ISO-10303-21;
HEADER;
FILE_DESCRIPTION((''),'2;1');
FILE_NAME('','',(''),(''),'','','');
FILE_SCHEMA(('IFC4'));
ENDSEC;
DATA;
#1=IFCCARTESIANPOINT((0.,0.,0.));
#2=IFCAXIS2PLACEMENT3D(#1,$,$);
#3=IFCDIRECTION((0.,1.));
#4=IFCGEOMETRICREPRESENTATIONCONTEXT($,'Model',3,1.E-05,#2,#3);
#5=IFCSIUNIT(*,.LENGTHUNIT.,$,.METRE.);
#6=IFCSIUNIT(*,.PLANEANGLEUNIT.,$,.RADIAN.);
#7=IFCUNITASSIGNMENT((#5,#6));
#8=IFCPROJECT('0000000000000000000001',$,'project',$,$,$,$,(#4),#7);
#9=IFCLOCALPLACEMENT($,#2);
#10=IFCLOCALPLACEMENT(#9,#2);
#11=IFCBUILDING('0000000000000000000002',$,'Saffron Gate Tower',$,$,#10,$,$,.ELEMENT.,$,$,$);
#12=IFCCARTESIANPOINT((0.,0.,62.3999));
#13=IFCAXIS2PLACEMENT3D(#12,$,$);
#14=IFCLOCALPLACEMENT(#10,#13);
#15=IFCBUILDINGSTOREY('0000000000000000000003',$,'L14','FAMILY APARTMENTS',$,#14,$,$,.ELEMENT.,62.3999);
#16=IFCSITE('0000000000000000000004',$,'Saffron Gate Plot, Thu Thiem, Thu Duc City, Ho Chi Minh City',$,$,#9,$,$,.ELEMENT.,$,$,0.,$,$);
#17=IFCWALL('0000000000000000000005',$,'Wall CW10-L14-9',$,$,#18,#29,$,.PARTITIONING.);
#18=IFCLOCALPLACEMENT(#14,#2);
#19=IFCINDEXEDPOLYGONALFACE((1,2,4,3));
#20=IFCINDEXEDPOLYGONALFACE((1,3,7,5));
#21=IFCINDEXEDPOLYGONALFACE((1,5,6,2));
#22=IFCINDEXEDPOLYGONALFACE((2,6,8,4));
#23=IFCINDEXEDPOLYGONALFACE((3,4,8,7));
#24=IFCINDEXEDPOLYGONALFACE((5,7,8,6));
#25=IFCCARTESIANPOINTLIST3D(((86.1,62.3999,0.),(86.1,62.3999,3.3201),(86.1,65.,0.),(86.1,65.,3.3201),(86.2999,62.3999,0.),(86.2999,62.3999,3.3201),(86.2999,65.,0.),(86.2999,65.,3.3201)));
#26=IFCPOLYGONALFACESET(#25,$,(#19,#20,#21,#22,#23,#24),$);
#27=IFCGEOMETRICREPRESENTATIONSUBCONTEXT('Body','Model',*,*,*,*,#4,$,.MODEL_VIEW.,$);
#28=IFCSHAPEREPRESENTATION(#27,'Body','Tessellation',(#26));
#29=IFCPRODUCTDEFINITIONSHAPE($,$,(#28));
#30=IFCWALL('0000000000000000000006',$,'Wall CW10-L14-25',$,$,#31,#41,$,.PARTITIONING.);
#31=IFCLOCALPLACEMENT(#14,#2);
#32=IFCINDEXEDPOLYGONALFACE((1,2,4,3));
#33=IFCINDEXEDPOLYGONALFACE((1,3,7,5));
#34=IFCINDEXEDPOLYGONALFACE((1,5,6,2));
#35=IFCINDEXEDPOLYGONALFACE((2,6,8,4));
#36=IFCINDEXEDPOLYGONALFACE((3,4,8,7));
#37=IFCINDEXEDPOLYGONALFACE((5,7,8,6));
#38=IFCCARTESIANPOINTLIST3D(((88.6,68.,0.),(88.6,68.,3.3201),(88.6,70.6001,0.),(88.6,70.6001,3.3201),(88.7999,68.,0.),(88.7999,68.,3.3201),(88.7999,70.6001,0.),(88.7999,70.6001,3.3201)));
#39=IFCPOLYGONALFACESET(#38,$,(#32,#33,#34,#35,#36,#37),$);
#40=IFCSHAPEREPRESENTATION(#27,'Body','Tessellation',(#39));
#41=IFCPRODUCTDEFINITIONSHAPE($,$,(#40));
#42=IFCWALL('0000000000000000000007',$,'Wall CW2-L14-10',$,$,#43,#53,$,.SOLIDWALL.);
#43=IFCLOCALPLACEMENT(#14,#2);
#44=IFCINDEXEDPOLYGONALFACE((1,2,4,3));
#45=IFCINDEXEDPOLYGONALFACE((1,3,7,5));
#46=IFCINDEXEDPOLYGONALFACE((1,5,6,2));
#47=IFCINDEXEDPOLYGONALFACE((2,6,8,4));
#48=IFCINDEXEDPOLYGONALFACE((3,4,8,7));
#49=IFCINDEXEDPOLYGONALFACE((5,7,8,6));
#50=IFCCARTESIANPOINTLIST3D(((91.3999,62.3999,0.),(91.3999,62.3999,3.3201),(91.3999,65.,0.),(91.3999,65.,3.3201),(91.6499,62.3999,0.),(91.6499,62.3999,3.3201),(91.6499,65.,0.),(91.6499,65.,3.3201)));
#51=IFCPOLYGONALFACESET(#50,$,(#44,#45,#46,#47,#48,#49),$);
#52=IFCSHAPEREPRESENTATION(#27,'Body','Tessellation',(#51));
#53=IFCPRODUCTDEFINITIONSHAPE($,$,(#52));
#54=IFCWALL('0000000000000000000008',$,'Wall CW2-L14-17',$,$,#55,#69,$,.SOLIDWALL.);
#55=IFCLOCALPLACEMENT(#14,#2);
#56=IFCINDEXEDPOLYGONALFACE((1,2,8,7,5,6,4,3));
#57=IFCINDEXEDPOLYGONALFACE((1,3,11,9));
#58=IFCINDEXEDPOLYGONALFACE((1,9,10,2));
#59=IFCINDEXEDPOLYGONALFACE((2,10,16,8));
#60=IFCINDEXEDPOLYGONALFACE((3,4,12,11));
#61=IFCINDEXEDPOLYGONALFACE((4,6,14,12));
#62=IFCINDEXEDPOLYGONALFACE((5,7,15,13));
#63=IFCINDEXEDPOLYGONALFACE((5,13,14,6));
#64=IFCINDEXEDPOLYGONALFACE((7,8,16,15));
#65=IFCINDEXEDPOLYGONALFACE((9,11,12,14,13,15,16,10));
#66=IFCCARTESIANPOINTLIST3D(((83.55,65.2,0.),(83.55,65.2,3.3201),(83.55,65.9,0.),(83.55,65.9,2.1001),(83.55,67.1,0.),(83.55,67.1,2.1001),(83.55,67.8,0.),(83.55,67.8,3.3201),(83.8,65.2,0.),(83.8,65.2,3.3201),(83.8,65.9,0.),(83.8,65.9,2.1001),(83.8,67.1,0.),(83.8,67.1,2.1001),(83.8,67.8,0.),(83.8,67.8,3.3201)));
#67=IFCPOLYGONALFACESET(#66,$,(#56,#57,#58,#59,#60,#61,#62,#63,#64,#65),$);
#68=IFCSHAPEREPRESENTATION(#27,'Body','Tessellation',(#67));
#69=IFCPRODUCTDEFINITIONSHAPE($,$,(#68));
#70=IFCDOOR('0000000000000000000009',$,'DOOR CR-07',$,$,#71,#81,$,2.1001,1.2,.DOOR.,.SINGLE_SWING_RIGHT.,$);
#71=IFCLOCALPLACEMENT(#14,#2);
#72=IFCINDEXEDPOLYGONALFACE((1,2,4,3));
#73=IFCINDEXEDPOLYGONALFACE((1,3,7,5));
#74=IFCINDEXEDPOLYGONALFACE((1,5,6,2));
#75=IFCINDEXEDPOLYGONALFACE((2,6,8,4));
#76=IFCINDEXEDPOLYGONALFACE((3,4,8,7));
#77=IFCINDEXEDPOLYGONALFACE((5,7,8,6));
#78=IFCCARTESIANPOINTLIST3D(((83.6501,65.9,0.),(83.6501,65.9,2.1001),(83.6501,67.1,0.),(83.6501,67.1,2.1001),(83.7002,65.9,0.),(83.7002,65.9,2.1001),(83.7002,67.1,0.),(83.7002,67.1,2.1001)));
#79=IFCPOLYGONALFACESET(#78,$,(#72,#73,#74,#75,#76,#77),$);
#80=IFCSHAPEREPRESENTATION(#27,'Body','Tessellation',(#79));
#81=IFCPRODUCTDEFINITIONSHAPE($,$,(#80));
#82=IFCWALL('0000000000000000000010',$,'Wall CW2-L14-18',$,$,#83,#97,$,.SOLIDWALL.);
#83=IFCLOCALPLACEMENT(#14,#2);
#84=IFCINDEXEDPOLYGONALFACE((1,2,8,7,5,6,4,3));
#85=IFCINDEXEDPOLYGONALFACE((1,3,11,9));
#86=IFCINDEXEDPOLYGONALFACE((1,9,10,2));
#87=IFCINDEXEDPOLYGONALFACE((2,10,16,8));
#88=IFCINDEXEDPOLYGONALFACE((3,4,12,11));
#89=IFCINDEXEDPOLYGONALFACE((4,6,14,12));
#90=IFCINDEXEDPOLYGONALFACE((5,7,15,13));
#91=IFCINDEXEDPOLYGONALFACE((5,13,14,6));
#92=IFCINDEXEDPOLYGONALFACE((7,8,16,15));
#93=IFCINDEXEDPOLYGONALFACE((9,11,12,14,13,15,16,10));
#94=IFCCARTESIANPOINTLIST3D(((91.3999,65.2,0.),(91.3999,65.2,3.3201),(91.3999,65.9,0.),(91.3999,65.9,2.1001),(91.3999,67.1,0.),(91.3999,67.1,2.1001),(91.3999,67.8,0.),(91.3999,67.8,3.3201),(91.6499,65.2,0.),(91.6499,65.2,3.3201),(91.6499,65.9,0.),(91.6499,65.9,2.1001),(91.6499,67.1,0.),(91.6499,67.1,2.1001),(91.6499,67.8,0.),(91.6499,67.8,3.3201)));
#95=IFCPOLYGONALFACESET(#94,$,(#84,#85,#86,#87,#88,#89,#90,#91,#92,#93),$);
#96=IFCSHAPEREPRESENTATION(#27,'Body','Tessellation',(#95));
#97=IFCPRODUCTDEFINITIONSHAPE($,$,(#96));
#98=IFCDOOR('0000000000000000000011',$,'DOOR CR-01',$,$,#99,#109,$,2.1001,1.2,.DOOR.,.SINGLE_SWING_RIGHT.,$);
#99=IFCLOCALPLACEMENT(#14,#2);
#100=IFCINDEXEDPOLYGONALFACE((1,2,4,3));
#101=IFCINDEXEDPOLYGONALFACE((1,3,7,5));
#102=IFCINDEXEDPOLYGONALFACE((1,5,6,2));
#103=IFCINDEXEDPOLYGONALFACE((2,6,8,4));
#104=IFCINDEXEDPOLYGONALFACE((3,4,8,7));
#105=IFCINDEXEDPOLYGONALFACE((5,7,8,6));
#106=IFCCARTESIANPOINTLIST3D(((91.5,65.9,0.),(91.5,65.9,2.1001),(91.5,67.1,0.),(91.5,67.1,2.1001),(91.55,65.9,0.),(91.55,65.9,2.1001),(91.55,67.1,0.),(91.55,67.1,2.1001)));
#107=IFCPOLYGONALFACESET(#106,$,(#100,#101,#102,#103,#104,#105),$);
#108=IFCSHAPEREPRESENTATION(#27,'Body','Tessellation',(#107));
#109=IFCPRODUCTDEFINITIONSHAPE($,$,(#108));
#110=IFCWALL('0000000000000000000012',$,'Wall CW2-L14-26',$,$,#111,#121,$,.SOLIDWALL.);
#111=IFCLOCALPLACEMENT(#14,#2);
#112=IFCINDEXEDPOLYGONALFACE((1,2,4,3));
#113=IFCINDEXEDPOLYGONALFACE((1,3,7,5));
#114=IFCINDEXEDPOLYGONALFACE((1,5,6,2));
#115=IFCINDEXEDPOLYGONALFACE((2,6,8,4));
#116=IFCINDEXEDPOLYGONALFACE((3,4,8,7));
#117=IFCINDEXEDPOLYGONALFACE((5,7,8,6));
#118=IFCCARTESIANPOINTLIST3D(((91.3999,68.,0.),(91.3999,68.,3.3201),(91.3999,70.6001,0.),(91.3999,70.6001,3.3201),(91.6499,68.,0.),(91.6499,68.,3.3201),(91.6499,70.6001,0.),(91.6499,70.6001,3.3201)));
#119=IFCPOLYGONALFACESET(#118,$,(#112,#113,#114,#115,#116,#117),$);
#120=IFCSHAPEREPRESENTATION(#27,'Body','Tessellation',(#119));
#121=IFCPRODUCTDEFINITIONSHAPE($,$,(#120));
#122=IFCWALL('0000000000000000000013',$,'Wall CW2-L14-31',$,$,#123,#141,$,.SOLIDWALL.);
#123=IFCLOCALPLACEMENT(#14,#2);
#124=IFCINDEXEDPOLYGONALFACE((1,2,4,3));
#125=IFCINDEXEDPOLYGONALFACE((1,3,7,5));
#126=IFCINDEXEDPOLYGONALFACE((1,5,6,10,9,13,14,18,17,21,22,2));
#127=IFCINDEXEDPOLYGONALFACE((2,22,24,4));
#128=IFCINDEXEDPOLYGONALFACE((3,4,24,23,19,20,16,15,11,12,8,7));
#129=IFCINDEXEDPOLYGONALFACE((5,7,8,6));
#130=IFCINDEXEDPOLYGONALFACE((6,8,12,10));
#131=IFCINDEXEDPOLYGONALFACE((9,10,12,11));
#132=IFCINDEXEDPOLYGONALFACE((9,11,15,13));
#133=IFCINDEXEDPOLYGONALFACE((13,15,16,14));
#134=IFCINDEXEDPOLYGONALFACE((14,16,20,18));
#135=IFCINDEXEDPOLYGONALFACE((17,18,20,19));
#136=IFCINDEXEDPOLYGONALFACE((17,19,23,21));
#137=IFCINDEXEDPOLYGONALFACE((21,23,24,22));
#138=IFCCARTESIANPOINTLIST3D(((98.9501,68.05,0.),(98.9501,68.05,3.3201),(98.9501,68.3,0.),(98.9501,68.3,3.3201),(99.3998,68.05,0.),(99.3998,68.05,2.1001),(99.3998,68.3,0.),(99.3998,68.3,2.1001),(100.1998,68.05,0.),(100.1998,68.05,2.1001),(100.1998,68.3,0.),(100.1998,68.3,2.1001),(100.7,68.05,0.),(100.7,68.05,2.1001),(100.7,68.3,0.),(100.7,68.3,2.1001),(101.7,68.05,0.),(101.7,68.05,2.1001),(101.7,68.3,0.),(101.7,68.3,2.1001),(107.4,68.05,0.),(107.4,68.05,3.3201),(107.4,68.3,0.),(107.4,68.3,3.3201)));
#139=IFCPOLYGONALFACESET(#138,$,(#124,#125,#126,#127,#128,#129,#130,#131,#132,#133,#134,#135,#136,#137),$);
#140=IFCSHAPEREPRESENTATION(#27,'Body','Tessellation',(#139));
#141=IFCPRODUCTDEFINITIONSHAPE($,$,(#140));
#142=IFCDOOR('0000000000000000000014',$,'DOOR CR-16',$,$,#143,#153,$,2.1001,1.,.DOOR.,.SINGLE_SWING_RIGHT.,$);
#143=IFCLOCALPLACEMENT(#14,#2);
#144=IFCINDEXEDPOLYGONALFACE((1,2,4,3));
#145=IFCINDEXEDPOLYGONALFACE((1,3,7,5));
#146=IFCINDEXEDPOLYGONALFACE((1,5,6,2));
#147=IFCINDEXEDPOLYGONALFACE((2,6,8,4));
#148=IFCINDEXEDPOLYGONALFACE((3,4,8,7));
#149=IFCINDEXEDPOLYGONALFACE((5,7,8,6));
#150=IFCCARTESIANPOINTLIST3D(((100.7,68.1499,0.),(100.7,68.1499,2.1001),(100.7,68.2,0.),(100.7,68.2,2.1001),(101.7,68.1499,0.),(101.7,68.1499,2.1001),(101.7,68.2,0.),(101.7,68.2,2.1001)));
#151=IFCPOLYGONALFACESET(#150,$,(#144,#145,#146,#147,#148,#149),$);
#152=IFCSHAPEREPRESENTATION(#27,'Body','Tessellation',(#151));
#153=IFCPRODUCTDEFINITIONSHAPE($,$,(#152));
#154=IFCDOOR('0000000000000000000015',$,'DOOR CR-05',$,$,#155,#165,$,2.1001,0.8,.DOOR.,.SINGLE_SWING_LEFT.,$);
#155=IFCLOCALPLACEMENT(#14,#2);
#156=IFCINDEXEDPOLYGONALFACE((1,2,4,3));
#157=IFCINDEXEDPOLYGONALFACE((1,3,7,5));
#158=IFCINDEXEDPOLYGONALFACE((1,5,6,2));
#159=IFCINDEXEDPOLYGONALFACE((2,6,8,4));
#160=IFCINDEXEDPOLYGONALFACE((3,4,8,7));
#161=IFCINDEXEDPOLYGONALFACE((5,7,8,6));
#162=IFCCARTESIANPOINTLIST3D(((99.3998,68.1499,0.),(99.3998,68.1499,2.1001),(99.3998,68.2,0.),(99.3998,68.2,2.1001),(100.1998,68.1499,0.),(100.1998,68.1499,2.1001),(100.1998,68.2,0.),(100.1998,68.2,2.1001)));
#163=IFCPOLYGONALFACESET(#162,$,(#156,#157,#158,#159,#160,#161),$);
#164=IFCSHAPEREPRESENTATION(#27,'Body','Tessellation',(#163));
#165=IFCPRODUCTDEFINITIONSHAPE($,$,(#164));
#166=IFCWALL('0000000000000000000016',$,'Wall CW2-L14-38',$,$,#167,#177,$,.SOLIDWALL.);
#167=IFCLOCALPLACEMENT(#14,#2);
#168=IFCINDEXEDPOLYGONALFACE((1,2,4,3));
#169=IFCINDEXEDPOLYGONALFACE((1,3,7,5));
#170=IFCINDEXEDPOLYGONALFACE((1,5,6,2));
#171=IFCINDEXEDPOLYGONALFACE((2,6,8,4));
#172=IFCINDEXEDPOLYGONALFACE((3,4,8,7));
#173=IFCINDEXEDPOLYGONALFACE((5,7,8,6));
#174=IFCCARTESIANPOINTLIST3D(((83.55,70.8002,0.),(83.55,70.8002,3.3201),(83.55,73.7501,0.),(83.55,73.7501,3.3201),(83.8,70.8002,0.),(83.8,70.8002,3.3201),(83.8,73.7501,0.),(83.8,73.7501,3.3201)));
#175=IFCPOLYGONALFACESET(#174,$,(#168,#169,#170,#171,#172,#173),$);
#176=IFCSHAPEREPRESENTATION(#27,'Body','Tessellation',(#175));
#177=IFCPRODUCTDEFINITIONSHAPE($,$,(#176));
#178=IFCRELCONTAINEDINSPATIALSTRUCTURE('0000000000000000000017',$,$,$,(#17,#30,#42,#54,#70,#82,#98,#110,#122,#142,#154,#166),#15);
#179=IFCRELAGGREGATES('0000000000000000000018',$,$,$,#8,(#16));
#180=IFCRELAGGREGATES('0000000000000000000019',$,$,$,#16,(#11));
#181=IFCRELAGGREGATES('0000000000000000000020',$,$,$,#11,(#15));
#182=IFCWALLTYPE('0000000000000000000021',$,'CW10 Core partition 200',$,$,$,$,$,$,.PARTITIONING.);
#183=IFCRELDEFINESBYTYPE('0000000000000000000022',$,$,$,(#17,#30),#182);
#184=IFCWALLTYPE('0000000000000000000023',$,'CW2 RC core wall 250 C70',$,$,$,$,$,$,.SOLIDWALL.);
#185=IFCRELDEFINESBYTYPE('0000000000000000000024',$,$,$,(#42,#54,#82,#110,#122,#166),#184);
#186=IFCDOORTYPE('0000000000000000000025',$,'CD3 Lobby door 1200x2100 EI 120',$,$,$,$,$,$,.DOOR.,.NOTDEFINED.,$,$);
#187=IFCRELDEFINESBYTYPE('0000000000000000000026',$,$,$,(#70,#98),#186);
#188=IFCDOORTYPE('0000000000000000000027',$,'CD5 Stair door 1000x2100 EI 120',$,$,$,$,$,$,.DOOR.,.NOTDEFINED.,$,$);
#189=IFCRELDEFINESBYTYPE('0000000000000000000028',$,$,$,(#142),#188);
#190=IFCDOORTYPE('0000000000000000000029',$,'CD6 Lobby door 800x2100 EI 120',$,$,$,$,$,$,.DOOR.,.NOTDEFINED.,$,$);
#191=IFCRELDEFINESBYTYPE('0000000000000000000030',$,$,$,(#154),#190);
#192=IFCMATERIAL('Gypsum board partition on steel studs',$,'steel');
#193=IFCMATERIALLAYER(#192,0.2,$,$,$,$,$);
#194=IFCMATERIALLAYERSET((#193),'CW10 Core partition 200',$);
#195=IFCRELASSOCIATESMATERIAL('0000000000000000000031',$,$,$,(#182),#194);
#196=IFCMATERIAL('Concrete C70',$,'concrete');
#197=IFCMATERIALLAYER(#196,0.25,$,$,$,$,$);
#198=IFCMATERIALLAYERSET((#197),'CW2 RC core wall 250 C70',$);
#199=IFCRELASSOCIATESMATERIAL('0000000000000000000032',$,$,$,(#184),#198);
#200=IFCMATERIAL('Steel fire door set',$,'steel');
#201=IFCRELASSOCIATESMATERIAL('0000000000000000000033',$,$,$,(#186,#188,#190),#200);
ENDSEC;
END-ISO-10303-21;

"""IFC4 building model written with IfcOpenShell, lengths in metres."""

from ifc_helpers import new_model, si_unit, direction, frame, frame_2d, origin, place, context, subcontext, project, spatial, rectangle, extrude, material, layer, layer_set, type_object, element, fill, save


model = new_model("IFC4")

# Units and contexts
model_context = context("Model", 3, precision=1e-05, world=origin(), true_north=direction((0.0, 1.0)))
body_context = subcontext(model_context, "Body", "Model", "MODEL_VIEW")
ifc_project = project(units=[si_unit("LENGTHUNIT", "METRE"), si_unit("PLANEANGLEUNIT", "RADIAN")], contexts=[model_context])

# Site, building, storey
site_placement = place(None, origin())
site = spatial("IfcSite", under=ifc_project, at=site_placement, Name="Saffron Gate Plot, Thu Thiem, Thu Duc City, Ho Chi Minh City", CompositionType="ELEMENT", RefElevation=0.0)
building_placement = place(site_placement, origin())
building = spatial("IfcBuilding", under=site, at=building_placement, Name="Saffron Gate Tower", CompositionType="ELEMENT")
storey_placement = place(building_placement, frame((0.0, 0.0, 62.3999)))
storey = spatial("IfcBuildingStorey", under=building, at=storey_placement, Name="L14", Description="FAMILY APARTMENTS", CompositionType="ELEMENT", Elevation=62.3999)

# Walls
ifc_material_1 = material(Name="Gypsum board partition on steel studs", Category="steel")
ifc_layer_1 = layer(ifc_material_1, 0.2)
ifc_layer_set_1 = layer_set([ifc_layer_1], Name="CW10 Core partition 200")
wall_type_1 = type_object("IfcWallType", Name="CW10 Core partition 200", PredefinedType="PARTITIONING", material=ifc_layer_set_1)
for number, where, z_axis, x_axis, name in (
    (1, (86.2, 62.3999, 0.0), (0.0, 0.0, 1.0), (0.0, 1.0, 0.0), "Wall CW10-L14-9"),
    (2, (88.7, 68.0, 0.0), (0.0, 0.0, 1.0), (0.0, 1.0, 0.0), "Wall CW10-L14-25"),
):
    element("IfcWall", number, at=place(storey_placement, frame(where, z_axis=z_axis, x_axis=x_axis)), inside=storey, type_object=wall_type_1, Name=name, PredefinedType="PARTITIONING", context=body_context, shape_type="SweptSolid", body=[
        extrude(rectangle(XDim=2.6001, YDim=0.2, at=frame_2d((1.3, 0.0))), origin(), (0.0, 0.0, 1.0), 3.3201),
    ])
ifc_material_2 = material(Name="Concrete C70", Category="concrete")
ifc_layer_2 = layer(ifc_material_2, 0.25)
ifc_layer_set_2 = layer_set([ifc_layer_2], Name="CW2 RC core wall 250 C70")
wall_type_2 = type_object("IfcWallType", Name="CW2 RC core wall 250 C70", PredefinedType="SOLIDWALL", material=ifc_layer_set_2)
wall_1_placement = place(storey_placement, frame((91.5249, 62.3999, 0.0), z_axis=(0.0, 0.0, 1.0), x_axis=(0.0, 1.0, 0.0)))
element("IfcWall", 3, at=wall_1_placement, inside=storey, type_object=wall_type_2, Name="Wall CW2-L14-10", PredefinedType="SOLIDWALL", context=body_context, shape_type="SweptSolid", body=[
    extrude(rectangle(XDim=2.6001, YDim=0.25, at=frame_2d((1.3, 0.0))), origin(), (0.0, 0.0, 1.0), 3.3201),
])

# Walls, openings, doors
wall_2_placement = place(storey_placement, frame((83.675, 65.2, 0.0), z_axis=(0.0, 0.0, 1.0), x_axis=(0.0, 1.0, 0.0)))
wall_2 = element("IfcWall", 4, at=wall_2_placement, inside=storey, type_object=wall_type_2, Name="Wall CW2-L14-17", PredefinedType="SOLIDWALL", context=body_context, shape_type="SweptSolid", body=[
    extrude(rectangle(XDim=2.6001, YDim=0.25, at=frame_2d((1.3, 0.0))), origin(), (0.0, 0.0, 1.0), 3.3201),
])
opening_1_placement = place(wall_2_placement, frame((0.7, 0.0, 0.0)))
opening_1 = element("IfcOpeningElement", 5, at=opening_1_placement, cuts=wall_2, PredefinedType="OPENING", context=body_context, shape_type="SweptSolid", body=[
    extrude(rectangle(XDim=1.2, YDim=2.1001, at=frame_2d((0.6001, 1.05))), frame((0.0, 0.135, 0.0), z_axis=(0.0, -1.0, 0.0), x_axis=(1.0, 0.0, 0.0)), (0.0, 0.0, 1.0), 0.27),
])
ifc_material_3 = material(Name="Steel fire door set", Category="steel")
door_type_1 = type_object("IfcDoorType", Name="CD3 Lobby door 1200x2100 EI 120", OperationType="NOTDEFINED", PredefinedType="DOOR", material=ifc_material_3)
door_1_placement = place(opening_1_placement, origin())
door_1 = element("IfcDoor", 6, at=door_1_placement, inside=storey, type_object=door_type_1, Name="DOOR CR-07", OperationType="SINGLE_SWING_RIGHT", OverallHeight=2.1001, OverallWidth=1.2, PredefinedType="DOOR", context=body_context, shape_type="SweptSolid", body=[
    extrude(rectangle(XDim=1.2, YDim=2.1001, at=frame_2d((0.6001, 1.05))), frame((0.0, 0.0249, 0.0), z_axis=(0.0, -1.0, 0.0), x_axis=(1.0, 0.0, 0.0)), (0.0, 0.0, 1.0), 0.05),
])
fill(opening_1, door_1)
wall_3_placement = place(storey_placement, frame((91.5249, 65.2, 0.0), z_axis=(0.0, 0.0, 1.0), x_axis=(0.0, 1.0, 0.0)))
wall_3 = element("IfcWall", 7, at=wall_3_placement, inside=storey, type_object=wall_type_2, Name="Wall CW2-L14-18", PredefinedType="SOLIDWALL", context=body_context, shape_type="SweptSolid", body=[
    extrude(rectangle(XDim=2.6001, YDim=0.25, at=frame_2d((1.3, 0.0))), origin(), (0.0, 0.0, 1.0), 3.3201),
])
opening_2_placement = place(wall_3_placement, frame((0.7, 0.0, 0.0)))
opening_2 = element("IfcOpeningElement", 8, at=opening_2_placement, cuts=wall_3, PredefinedType="OPENING", context=body_context, shape_type="SweptSolid", body=[
    extrude(rectangle(XDim=1.2, YDim=2.1001, at=frame_2d((0.6001, 1.05))), frame((0.0, 0.135, 0.0), z_axis=(0.0, -1.0, 0.0), x_axis=(1.0, 0.0, 0.0)), (0.0, 0.0, 1.0), 0.27),
])
door_2_placement = place(opening_2_placement, origin())
door_2 = element("IfcDoor", 9, at=door_2_placement, inside=storey, type_object=door_type_1, Name="DOOR CR-01", OperationType="SINGLE_SWING_RIGHT", OverallHeight=2.1001, OverallWidth=1.2, PredefinedType="DOOR", context=body_context, shape_type="SweptSolid", body=[
    extrude(rectangle(XDim=1.2, YDim=2.1001, at=frame_2d((0.6001, 1.05))), frame((0.0, 0.0249, 0.0), z_axis=(0.0, -1.0, 0.0), x_axis=(1.0, 0.0, 0.0)), (0.0, 0.0, 1.0), 0.05),
])
fill(opening_2, door_2)

# Wall
wall_4_placement = place(storey_placement, frame((91.5249, 68.0, 0.0), z_axis=(0.0, 0.0, 1.0), x_axis=(0.0, 1.0, 0.0)))
element("IfcWall", 10, at=wall_4_placement, inside=storey, type_object=wall_type_2, Name="Wall CW2-L14-26", PredefinedType="SOLIDWALL", context=body_context, shape_type="SweptSolid", body=[
    extrude(rectangle(XDim=2.6001, YDim=0.25, at=frame_2d((1.3, 0.0))), origin(), (0.0, 0.0, 1.0), 3.3201),
])

# Wall, openings, doors
wall_5_placement = place(storey_placement, frame((98.95, 68.175, 0.0), z_axis=(0.0, 0.0, 1.0), x_axis=(1.0, 0.0, 0.0)))
wall_5 = element("IfcWall", 11, at=wall_5_placement, inside=storey, type_object=wall_type_2, Name="Wall CW2-L14-31", PredefinedType="SOLIDWALL", context=body_context, shape_type="SweptSolid", body=[
    extrude(rectangle(XDim=8.45, YDim=0.25, at=frame_2d((4.2251, 0.0))), origin(), (0.0, 0.0, 1.0), 3.3201),
])
opening_3_placement = place(wall_5_placement, frame((0.45, 0.0, 0.0)))
opening_3 = element("IfcOpeningElement", 12, at=opening_3_placement, cuts=wall_5, PredefinedType="OPENING", context=body_context, shape_type="SweptSolid", body=[
    extrude(rectangle(XDim=0.8, YDim=2.1001, at=frame_2d((0.3999, 1.05))), frame((0.0, 0.135, 0.0), z_axis=(0.0, -1.0, 0.0), x_axis=(1.0, 0.0, 0.0)), (0.0, 0.0, 1.0), 0.27),
])
opening_4_placement = place(wall_5_placement, frame((1.75, 0.0, 0.0)))
opening_4 = element("IfcOpeningElement", 13, at=opening_4_placement, cuts=wall_5, PredefinedType="OPENING", context=body_context, shape_type="SweptSolid", body=[
    extrude(rectangle(XDim=1.0, YDim=2.1001, at=frame_2d((0.5, 1.05))), frame((0.0, 0.135, 0.0), z_axis=(0.0, -1.0, 0.0), x_axis=(1.0, 0.0, 0.0)), (0.0, 0.0, 1.0), 0.27),
])
door_type_2 = type_object("IfcDoorType", Name="CD5 Stair door 1000x2100 EI 120", OperationType="NOTDEFINED", PredefinedType="DOOR", material=ifc_material_3)
door_3_placement = place(opening_4_placement, origin())
door_3 = element("IfcDoor", 14, at=door_3_placement, inside=storey, type_object=door_type_2, Name="DOOR CR-16", OperationType="SINGLE_SWING_RIGHT", OverallHeight=2.1001, OverallWidth=1.0, PredefinedType="DOOR", context=body_context, shape_type="SweptSolid", body=[
    extrude(rectangle(XDim=1.0, YDim=2.1001, at=frame_2d((0.5, 1.05))), frame((0.0, 0.0249, 0.0), z_axis=(0.0, -1.0, 0.0), x_axis=(1.0, 0.0, 0.0)), (0.0, 0.0, 1.0), 0.05),
])
fill(opening_4, door_3)
door_type_3 = type_object("IfcDoorType", Name="CD6 Lobby door 800x2100 EI 120", OperationType="NOTDEFINED", PredefinedType="DOOR", material=ifc_material_3)
door_4_placement = place(opening_3_placement, origin())
door_4 = element("IfcDoor", 15, at=door_4_placement, inside=storey, type_object=door_type_3, Name="DOOR CR-05", OperationType="SINGLE_SWING_LEFT", OverallHeight=2.1001, OverallWidth=0.8, PredefinedType="DOOR", context=body_context, shape_type="SweptSolid", body=[
    extrude(rectangle(XDim=0.8, YDim=2.1001, at=frame_2d((0.3999, 1.05))), frame((0.0, 0.0249, 0.0), z_axis=(0.0, -1.0, 0.0), x_axis=(1.0, 0.0, 0.0)), (0.0, 0.0, 1.0), 0.05),
])
fill(opening_3, door_4)

# Wall
wall_6_placement = place(storey_placement, frame((83.675, 70.8, 0.0), z_axis=(0.0, 0.0, 1.0), x_axis=(0.0, 1.0, 0.0)))
element("IfcWall", 16, at=wall_6_placement, inside=storey, type_object=wall_type_2, Name="Wall CW2-L14-38", PredefinedType="SOLIDWALL", context=body_context, shape_type="SweptSolid", body=[
    extrude(rectangle(XDim=2.95, YDim=0.25, at=frame_2d((1.4751, 0.0))), origin(), (0.0, 0.0, 1.0), 3.3201),
])

save(model, "model.ifc")
